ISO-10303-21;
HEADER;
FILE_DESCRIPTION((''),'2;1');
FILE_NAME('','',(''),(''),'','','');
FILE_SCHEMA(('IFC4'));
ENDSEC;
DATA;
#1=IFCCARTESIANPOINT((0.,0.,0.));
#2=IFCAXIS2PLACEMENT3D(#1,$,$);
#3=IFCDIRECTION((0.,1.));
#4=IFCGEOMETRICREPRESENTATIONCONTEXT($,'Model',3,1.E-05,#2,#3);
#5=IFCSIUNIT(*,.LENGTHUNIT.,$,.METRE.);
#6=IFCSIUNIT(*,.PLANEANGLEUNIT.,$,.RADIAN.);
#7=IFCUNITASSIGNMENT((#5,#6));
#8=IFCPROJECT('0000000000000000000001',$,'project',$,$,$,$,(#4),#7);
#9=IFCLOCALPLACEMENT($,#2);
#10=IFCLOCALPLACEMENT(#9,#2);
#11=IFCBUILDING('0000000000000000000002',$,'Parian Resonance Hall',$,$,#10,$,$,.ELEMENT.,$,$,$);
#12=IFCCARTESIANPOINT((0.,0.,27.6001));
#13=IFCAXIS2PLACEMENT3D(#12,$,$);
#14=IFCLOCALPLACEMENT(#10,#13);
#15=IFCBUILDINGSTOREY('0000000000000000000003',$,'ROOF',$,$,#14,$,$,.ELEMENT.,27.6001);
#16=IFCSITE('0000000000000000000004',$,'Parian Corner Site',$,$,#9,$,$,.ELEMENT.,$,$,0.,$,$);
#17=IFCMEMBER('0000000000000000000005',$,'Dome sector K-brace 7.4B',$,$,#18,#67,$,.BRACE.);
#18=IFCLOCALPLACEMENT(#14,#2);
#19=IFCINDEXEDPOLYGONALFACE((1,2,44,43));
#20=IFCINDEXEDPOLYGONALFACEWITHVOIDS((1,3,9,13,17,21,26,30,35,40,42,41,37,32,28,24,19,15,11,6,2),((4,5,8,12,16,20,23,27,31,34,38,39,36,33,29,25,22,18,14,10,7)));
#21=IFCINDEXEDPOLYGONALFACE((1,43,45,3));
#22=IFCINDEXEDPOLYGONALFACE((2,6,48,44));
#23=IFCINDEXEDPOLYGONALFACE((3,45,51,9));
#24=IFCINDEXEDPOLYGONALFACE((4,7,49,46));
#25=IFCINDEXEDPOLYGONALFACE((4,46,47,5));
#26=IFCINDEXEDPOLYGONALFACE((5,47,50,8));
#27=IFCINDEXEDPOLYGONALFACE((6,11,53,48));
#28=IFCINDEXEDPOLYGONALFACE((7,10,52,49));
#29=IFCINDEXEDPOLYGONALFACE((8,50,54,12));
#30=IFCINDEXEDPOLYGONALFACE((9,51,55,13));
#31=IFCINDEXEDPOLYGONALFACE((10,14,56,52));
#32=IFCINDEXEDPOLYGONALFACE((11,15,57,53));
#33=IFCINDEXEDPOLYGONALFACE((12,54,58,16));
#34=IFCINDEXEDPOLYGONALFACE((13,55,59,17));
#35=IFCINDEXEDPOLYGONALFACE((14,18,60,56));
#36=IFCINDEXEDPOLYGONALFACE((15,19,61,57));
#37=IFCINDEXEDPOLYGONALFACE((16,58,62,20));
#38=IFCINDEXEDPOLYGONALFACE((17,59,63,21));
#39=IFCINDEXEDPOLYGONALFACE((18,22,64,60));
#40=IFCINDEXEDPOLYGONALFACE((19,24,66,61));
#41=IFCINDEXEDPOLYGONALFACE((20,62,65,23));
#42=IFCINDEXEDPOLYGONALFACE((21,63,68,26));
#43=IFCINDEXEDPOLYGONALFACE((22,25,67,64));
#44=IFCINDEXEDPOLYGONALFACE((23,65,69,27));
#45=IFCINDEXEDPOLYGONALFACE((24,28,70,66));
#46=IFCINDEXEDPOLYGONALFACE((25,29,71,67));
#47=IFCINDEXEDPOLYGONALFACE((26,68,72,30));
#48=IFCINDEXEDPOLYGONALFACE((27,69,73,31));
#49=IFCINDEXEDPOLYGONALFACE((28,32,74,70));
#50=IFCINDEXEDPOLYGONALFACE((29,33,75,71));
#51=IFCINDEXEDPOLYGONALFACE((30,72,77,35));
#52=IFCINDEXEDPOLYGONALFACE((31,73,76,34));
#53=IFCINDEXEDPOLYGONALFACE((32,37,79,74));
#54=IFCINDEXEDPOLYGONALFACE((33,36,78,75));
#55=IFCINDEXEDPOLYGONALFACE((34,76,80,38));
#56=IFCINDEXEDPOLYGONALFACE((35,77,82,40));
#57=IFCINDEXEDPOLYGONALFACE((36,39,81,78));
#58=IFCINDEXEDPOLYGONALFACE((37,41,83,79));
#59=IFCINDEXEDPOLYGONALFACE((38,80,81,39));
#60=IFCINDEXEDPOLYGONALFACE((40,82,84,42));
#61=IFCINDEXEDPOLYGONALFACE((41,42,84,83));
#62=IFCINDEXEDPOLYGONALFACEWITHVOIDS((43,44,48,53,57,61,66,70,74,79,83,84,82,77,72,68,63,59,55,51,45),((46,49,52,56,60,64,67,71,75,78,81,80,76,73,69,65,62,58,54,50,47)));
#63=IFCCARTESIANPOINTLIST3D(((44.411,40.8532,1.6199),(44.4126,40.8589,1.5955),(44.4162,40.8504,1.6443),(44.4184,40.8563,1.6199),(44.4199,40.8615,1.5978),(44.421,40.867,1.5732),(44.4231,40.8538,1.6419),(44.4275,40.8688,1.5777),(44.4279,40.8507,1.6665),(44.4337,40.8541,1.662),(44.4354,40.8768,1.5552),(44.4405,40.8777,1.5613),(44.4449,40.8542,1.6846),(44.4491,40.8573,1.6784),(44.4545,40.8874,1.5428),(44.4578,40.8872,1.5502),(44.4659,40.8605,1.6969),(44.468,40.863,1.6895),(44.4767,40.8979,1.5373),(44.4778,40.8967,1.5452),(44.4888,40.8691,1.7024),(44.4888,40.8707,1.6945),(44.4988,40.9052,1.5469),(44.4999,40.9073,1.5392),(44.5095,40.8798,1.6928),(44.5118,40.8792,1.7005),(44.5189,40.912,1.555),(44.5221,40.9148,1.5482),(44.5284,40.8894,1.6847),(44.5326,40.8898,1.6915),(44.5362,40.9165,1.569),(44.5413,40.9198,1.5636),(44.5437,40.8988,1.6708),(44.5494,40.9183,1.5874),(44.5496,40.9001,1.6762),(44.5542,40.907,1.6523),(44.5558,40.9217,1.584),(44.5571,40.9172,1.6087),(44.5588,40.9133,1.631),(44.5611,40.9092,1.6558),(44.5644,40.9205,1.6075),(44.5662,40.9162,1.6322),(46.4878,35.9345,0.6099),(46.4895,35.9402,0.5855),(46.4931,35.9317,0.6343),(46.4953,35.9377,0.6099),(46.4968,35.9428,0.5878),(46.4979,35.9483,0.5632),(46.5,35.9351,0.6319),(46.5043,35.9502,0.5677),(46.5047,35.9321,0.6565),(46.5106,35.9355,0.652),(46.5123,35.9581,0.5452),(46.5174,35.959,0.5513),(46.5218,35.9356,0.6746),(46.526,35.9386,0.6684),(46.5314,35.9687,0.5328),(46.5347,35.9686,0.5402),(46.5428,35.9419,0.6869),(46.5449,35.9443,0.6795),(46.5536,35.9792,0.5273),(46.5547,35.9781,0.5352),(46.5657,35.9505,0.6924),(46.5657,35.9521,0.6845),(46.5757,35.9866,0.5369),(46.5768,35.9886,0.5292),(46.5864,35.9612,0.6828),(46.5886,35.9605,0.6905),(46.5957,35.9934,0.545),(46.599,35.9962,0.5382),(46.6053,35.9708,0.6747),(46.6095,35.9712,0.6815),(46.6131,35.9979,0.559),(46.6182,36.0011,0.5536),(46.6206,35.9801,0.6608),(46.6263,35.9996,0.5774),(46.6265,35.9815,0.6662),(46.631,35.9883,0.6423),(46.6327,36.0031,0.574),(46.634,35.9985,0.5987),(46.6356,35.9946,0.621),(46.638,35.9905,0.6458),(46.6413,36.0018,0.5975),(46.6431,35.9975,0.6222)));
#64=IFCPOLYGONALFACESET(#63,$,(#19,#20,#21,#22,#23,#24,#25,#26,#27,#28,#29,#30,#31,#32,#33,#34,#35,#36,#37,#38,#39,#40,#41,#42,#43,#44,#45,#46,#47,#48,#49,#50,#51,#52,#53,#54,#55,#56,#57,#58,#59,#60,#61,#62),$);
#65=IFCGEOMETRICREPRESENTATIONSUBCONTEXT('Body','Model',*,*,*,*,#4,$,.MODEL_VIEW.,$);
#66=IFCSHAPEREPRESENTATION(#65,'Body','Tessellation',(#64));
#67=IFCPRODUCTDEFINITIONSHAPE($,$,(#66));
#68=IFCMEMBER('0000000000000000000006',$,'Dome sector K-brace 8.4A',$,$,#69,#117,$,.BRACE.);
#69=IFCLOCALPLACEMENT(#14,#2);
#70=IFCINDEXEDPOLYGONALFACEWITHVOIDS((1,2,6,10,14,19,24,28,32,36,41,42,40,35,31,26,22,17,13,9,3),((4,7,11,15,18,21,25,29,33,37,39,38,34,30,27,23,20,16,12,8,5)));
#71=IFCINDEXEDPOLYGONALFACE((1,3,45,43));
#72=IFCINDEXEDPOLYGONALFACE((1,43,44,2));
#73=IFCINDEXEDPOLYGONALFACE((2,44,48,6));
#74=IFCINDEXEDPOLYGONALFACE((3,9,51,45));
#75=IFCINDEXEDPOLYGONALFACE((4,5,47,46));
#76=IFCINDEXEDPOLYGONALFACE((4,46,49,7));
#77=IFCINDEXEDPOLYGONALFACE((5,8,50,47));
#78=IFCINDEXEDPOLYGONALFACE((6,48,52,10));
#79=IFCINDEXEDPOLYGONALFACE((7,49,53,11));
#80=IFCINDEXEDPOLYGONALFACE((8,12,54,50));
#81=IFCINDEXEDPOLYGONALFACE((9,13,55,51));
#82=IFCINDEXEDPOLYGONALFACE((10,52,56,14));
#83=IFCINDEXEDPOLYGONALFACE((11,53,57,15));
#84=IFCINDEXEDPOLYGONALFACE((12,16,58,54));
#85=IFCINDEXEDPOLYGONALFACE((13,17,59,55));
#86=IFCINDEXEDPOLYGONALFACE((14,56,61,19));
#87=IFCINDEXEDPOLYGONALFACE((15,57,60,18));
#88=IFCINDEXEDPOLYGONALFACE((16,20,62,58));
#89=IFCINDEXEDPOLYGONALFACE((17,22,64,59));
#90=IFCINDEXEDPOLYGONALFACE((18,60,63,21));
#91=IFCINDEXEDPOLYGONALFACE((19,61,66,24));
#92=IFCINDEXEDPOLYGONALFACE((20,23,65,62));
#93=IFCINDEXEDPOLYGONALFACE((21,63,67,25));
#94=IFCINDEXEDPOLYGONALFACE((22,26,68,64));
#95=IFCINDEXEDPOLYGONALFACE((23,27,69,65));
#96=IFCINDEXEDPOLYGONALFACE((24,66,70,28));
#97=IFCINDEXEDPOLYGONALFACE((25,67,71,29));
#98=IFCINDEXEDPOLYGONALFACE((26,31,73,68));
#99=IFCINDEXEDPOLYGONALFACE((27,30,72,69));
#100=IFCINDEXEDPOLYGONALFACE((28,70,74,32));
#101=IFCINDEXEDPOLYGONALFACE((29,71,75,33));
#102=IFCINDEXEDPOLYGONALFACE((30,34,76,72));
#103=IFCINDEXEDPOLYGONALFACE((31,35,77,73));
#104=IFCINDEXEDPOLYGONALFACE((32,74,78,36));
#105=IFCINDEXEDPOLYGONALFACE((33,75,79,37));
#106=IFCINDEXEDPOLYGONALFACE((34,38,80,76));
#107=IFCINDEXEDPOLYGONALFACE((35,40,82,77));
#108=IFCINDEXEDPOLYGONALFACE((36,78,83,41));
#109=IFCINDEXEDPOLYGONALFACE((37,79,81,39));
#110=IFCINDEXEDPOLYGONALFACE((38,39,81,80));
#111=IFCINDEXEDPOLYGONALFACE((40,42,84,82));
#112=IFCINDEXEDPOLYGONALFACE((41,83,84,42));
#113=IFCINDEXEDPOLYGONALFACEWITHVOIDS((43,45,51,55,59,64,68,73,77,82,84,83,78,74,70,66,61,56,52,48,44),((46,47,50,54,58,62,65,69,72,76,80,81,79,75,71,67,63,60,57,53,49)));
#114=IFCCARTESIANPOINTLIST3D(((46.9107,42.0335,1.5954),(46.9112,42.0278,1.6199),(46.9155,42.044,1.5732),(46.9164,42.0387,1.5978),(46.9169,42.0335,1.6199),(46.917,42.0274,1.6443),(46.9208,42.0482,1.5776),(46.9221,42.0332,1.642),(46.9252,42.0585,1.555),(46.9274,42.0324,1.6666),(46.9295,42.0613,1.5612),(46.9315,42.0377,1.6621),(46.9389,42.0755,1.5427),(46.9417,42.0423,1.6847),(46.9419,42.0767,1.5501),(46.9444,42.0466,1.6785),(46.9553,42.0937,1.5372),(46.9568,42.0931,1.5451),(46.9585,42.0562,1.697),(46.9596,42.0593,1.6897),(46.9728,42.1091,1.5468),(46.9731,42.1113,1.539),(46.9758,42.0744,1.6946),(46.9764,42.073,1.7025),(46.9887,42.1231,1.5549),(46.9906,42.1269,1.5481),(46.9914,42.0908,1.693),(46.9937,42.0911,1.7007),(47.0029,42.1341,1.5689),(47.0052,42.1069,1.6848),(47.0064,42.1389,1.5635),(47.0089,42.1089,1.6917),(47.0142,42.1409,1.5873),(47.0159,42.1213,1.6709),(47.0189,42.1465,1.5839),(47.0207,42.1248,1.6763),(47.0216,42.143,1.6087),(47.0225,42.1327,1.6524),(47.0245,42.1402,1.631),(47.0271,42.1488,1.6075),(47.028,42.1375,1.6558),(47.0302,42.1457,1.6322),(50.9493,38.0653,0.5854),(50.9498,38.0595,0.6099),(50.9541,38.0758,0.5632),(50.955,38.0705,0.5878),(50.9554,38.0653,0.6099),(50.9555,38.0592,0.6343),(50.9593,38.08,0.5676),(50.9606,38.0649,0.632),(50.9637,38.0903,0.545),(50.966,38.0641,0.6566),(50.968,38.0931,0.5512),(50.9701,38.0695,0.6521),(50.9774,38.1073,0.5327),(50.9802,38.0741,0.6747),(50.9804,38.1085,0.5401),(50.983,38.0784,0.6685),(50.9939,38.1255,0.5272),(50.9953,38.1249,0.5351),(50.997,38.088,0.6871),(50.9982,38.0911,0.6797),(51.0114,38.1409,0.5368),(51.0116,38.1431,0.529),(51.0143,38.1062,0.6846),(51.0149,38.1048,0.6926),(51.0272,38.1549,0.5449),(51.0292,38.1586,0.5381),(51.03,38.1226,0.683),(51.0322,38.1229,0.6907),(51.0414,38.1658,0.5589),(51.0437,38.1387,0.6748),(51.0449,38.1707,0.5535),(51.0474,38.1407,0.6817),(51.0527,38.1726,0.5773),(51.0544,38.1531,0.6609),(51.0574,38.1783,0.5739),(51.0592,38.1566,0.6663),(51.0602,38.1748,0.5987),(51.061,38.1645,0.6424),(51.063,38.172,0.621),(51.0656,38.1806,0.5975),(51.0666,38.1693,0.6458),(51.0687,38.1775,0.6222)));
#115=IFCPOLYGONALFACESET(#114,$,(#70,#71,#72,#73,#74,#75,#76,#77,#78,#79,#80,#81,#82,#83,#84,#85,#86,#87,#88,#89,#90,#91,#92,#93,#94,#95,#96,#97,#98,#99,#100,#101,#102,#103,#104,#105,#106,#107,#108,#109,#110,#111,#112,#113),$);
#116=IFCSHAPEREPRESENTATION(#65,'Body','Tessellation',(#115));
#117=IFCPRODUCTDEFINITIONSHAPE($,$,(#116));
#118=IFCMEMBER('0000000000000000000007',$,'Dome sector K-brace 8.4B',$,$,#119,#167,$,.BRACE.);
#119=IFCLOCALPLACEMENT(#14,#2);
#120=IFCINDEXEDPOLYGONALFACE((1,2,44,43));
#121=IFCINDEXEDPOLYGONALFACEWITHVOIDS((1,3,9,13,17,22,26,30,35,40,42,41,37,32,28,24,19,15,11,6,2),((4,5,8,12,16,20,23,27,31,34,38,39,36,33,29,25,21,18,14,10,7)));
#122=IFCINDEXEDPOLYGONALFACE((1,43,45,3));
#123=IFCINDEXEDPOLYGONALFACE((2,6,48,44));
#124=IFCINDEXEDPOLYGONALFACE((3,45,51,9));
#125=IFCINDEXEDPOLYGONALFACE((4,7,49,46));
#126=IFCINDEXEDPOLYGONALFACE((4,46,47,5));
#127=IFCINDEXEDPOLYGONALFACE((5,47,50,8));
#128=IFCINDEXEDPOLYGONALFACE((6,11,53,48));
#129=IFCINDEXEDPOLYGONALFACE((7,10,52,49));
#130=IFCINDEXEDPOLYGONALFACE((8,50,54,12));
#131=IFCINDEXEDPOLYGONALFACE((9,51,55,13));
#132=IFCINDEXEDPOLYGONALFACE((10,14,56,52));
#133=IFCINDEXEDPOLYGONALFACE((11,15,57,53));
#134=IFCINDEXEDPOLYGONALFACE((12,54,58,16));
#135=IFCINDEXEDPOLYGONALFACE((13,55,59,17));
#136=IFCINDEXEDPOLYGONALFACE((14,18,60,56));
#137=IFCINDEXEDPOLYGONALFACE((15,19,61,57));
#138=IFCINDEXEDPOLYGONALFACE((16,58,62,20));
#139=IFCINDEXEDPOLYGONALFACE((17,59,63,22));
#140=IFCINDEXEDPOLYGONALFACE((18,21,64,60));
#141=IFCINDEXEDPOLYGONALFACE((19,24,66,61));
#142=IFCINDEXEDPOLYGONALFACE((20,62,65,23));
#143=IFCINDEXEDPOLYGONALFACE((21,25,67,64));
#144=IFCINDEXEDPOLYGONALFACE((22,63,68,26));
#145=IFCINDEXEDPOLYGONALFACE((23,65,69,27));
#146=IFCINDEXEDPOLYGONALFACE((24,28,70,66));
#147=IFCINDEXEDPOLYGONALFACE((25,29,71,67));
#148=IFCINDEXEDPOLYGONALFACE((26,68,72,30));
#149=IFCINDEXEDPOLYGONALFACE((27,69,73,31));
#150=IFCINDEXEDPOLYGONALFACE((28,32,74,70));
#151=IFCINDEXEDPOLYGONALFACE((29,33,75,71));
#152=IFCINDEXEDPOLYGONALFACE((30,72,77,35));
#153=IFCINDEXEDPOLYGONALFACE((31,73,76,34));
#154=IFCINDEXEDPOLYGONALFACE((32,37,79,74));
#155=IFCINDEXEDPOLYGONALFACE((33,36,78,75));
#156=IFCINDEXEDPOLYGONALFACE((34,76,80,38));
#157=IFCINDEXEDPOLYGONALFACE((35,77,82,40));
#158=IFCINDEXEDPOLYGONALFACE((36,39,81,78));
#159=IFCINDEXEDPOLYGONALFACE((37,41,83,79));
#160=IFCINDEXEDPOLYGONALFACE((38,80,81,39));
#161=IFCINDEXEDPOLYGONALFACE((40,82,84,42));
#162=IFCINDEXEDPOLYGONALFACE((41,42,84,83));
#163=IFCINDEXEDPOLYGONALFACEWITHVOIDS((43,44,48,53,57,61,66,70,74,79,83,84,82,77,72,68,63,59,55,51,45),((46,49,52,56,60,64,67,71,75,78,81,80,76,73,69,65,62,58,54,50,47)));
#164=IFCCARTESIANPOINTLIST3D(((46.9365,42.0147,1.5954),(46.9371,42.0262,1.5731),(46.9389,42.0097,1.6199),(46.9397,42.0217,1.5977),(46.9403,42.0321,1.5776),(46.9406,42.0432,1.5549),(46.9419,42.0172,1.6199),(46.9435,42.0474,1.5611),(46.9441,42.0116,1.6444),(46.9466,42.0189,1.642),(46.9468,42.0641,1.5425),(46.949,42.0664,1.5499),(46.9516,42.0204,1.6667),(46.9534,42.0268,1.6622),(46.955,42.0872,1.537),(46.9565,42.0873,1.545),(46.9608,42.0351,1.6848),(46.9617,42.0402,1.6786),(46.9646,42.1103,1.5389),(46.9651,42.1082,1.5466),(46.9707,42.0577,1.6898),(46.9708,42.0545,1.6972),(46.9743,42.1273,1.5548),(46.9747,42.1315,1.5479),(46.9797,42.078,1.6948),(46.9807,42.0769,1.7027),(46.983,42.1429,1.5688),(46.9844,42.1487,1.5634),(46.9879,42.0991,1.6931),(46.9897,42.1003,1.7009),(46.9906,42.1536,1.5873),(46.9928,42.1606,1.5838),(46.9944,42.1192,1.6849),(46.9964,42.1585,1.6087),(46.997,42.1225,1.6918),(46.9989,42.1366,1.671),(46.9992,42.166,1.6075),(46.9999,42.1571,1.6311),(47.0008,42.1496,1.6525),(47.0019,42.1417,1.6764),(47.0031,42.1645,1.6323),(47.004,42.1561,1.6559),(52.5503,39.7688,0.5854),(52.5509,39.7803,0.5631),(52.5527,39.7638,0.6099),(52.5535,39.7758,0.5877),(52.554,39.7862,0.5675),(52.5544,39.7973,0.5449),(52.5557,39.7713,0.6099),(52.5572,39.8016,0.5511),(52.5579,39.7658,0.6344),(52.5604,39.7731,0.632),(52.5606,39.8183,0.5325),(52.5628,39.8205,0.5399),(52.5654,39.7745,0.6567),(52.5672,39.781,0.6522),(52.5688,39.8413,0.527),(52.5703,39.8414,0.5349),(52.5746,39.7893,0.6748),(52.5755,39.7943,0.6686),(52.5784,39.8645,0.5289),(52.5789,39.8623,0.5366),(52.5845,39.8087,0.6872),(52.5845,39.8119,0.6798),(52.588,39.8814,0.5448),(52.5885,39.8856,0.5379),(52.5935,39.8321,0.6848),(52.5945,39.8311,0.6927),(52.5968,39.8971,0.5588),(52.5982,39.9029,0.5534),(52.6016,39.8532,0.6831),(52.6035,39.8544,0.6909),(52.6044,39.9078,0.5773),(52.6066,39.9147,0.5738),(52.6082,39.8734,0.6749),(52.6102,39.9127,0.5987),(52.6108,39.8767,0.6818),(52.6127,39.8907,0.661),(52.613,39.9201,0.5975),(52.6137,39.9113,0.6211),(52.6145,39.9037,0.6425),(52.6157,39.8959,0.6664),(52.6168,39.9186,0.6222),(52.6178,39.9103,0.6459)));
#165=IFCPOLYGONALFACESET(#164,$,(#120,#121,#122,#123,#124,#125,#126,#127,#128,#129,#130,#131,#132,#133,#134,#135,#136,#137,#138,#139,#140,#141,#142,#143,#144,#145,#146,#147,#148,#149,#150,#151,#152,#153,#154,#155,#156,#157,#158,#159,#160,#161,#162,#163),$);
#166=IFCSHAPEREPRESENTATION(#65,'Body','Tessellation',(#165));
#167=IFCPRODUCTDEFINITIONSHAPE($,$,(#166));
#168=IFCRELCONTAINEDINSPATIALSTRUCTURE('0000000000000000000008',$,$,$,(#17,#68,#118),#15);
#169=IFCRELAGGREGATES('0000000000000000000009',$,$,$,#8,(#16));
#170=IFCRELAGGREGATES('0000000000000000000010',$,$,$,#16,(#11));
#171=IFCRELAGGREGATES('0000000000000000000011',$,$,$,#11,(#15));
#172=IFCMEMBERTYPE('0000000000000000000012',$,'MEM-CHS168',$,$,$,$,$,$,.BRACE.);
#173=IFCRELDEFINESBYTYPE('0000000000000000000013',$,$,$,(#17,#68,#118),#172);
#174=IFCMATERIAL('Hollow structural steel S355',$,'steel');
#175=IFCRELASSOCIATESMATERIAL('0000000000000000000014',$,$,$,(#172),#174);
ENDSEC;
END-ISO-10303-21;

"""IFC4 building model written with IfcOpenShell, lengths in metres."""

from ifc_helpers import new_model, si_unit, direction, frame, origin, origin_2d, place, context, subcontext, project, spatial, hollow_circle, extrude, material, material_profile, profile_set, type_object, element, save


model = new_model("IFC4")

# Units and contexts
model_context = context("Model", 3, precision=1e-05, world=origin(), true_north=direction((0.0, 1.0)))
body_context = subcontext(model_context, "Body", "Model", "MODEL_VIEW")
ifc_project = project(units=[si_unit("LENGTHUNIT", "METRE"), si_unit("PLANEANGLEUNIT", "RADIAN")], contexts=[model_context])

# Site, building, storey
site_placement = place(None, origin())
site = spatial("IfcSite", under=ifc_project, at=site_placement, Name="Parian Corner Site", CompositionType="ELEMENT", RefElevation=0.0)
building_placement = place(site_placement, origin())
building = spatial("IfcBuilding", under=site, at=building_placement, Name="Parian Resonance Hall", CompositionType="ELEMENT")
storey_placement = place(building_placement, frame((0.0, 0.0, 27.6001)))
storey = spatial("IfcBuildingStorey", under=building, at=storey_placement, Name="ROOF", CompositionType="ELEMENT", Elevation=27.6001)

# Members
ifc_material_1 = material(Name="Hollow structural steel S355", Category="steel")
ifc_material_profile_1 = material_profile(ifc_material_1, hollow_circle(Radius=0.0842, WallThickness=0.0081, at=origin_2d()), Name="CHS168.3x8")
ifc_profile_set_1 = profile_set([ifc_material_profile_1], Name="Hollow structural steel S355")
member_type_1 = type_object("IfcMemberType", Name="MEM-CHS168", PredefinedType="BRACE", material=ifc_profile_set_1)
member_1_placement = place(storey_placement, frame((46.5654, 35.9673, 0.6099), z_axis=(-0.382212, 0.905188, 0.185872), x_axis=(-0.921242, -0.388991, 0.0)))
element("IfcMember", 1, at=member_1_placement, inside=storey, type_object=member_type_1, Name="Dome sector K-brace 7.4B", PredefinedType="BRACE", context=body_context, shape_type="SweptSolid", body=[
    extrude(hollow_circle(Radius=0.0842, WallThickness=0.0081, at=origin_2d()), origin(), (0.0, 0.0, 1.0), 5.4338),
])
member_2_placement = place(storey_placement, frame((51.0088, 38.1196, 0.6099), z_axis=(-0.702204, 0.689978, 0.175615), x_axis=(-0.70087, -0.713289, 0.0)))
element("IfcMember", 2, at=member_2_placement, inside=storey, type_object=member_type_1, Name="Dome sector K-brace 8.4A", PredefinedType="BRACE", context=body_context, shape_type="SweptSolid", body=[
    extrude(hollow_circle(Radius=0.0842, WallThickness=0.0081, at=origin_2d()), origin(), (0.0, 0.0, 1.0), 5.7512),
])
member_3_placement = place(storey_placement, frame((52.584, 39.842, 0.6099), z_axis=(-0.915768, 0.366363, 0.164762), x_axis=(-0.371439, -0.928457, 0.0)))
element("IfcMember", 3, at=member_3_placement, inside=storey, type_object=member_type_1, Name="Dome sector K-brace 8.4B", PredefinedType="BRACE", context=body_context, shape_type="SweptSolid", body=[
    extrude(hollow_circle(Radius=0.0842, WallThickness=0.0081, at=origin_2d()), origin(), (0.0, 0.0, 1.0), 6.1301),
])

save(model, "model.ifc")
